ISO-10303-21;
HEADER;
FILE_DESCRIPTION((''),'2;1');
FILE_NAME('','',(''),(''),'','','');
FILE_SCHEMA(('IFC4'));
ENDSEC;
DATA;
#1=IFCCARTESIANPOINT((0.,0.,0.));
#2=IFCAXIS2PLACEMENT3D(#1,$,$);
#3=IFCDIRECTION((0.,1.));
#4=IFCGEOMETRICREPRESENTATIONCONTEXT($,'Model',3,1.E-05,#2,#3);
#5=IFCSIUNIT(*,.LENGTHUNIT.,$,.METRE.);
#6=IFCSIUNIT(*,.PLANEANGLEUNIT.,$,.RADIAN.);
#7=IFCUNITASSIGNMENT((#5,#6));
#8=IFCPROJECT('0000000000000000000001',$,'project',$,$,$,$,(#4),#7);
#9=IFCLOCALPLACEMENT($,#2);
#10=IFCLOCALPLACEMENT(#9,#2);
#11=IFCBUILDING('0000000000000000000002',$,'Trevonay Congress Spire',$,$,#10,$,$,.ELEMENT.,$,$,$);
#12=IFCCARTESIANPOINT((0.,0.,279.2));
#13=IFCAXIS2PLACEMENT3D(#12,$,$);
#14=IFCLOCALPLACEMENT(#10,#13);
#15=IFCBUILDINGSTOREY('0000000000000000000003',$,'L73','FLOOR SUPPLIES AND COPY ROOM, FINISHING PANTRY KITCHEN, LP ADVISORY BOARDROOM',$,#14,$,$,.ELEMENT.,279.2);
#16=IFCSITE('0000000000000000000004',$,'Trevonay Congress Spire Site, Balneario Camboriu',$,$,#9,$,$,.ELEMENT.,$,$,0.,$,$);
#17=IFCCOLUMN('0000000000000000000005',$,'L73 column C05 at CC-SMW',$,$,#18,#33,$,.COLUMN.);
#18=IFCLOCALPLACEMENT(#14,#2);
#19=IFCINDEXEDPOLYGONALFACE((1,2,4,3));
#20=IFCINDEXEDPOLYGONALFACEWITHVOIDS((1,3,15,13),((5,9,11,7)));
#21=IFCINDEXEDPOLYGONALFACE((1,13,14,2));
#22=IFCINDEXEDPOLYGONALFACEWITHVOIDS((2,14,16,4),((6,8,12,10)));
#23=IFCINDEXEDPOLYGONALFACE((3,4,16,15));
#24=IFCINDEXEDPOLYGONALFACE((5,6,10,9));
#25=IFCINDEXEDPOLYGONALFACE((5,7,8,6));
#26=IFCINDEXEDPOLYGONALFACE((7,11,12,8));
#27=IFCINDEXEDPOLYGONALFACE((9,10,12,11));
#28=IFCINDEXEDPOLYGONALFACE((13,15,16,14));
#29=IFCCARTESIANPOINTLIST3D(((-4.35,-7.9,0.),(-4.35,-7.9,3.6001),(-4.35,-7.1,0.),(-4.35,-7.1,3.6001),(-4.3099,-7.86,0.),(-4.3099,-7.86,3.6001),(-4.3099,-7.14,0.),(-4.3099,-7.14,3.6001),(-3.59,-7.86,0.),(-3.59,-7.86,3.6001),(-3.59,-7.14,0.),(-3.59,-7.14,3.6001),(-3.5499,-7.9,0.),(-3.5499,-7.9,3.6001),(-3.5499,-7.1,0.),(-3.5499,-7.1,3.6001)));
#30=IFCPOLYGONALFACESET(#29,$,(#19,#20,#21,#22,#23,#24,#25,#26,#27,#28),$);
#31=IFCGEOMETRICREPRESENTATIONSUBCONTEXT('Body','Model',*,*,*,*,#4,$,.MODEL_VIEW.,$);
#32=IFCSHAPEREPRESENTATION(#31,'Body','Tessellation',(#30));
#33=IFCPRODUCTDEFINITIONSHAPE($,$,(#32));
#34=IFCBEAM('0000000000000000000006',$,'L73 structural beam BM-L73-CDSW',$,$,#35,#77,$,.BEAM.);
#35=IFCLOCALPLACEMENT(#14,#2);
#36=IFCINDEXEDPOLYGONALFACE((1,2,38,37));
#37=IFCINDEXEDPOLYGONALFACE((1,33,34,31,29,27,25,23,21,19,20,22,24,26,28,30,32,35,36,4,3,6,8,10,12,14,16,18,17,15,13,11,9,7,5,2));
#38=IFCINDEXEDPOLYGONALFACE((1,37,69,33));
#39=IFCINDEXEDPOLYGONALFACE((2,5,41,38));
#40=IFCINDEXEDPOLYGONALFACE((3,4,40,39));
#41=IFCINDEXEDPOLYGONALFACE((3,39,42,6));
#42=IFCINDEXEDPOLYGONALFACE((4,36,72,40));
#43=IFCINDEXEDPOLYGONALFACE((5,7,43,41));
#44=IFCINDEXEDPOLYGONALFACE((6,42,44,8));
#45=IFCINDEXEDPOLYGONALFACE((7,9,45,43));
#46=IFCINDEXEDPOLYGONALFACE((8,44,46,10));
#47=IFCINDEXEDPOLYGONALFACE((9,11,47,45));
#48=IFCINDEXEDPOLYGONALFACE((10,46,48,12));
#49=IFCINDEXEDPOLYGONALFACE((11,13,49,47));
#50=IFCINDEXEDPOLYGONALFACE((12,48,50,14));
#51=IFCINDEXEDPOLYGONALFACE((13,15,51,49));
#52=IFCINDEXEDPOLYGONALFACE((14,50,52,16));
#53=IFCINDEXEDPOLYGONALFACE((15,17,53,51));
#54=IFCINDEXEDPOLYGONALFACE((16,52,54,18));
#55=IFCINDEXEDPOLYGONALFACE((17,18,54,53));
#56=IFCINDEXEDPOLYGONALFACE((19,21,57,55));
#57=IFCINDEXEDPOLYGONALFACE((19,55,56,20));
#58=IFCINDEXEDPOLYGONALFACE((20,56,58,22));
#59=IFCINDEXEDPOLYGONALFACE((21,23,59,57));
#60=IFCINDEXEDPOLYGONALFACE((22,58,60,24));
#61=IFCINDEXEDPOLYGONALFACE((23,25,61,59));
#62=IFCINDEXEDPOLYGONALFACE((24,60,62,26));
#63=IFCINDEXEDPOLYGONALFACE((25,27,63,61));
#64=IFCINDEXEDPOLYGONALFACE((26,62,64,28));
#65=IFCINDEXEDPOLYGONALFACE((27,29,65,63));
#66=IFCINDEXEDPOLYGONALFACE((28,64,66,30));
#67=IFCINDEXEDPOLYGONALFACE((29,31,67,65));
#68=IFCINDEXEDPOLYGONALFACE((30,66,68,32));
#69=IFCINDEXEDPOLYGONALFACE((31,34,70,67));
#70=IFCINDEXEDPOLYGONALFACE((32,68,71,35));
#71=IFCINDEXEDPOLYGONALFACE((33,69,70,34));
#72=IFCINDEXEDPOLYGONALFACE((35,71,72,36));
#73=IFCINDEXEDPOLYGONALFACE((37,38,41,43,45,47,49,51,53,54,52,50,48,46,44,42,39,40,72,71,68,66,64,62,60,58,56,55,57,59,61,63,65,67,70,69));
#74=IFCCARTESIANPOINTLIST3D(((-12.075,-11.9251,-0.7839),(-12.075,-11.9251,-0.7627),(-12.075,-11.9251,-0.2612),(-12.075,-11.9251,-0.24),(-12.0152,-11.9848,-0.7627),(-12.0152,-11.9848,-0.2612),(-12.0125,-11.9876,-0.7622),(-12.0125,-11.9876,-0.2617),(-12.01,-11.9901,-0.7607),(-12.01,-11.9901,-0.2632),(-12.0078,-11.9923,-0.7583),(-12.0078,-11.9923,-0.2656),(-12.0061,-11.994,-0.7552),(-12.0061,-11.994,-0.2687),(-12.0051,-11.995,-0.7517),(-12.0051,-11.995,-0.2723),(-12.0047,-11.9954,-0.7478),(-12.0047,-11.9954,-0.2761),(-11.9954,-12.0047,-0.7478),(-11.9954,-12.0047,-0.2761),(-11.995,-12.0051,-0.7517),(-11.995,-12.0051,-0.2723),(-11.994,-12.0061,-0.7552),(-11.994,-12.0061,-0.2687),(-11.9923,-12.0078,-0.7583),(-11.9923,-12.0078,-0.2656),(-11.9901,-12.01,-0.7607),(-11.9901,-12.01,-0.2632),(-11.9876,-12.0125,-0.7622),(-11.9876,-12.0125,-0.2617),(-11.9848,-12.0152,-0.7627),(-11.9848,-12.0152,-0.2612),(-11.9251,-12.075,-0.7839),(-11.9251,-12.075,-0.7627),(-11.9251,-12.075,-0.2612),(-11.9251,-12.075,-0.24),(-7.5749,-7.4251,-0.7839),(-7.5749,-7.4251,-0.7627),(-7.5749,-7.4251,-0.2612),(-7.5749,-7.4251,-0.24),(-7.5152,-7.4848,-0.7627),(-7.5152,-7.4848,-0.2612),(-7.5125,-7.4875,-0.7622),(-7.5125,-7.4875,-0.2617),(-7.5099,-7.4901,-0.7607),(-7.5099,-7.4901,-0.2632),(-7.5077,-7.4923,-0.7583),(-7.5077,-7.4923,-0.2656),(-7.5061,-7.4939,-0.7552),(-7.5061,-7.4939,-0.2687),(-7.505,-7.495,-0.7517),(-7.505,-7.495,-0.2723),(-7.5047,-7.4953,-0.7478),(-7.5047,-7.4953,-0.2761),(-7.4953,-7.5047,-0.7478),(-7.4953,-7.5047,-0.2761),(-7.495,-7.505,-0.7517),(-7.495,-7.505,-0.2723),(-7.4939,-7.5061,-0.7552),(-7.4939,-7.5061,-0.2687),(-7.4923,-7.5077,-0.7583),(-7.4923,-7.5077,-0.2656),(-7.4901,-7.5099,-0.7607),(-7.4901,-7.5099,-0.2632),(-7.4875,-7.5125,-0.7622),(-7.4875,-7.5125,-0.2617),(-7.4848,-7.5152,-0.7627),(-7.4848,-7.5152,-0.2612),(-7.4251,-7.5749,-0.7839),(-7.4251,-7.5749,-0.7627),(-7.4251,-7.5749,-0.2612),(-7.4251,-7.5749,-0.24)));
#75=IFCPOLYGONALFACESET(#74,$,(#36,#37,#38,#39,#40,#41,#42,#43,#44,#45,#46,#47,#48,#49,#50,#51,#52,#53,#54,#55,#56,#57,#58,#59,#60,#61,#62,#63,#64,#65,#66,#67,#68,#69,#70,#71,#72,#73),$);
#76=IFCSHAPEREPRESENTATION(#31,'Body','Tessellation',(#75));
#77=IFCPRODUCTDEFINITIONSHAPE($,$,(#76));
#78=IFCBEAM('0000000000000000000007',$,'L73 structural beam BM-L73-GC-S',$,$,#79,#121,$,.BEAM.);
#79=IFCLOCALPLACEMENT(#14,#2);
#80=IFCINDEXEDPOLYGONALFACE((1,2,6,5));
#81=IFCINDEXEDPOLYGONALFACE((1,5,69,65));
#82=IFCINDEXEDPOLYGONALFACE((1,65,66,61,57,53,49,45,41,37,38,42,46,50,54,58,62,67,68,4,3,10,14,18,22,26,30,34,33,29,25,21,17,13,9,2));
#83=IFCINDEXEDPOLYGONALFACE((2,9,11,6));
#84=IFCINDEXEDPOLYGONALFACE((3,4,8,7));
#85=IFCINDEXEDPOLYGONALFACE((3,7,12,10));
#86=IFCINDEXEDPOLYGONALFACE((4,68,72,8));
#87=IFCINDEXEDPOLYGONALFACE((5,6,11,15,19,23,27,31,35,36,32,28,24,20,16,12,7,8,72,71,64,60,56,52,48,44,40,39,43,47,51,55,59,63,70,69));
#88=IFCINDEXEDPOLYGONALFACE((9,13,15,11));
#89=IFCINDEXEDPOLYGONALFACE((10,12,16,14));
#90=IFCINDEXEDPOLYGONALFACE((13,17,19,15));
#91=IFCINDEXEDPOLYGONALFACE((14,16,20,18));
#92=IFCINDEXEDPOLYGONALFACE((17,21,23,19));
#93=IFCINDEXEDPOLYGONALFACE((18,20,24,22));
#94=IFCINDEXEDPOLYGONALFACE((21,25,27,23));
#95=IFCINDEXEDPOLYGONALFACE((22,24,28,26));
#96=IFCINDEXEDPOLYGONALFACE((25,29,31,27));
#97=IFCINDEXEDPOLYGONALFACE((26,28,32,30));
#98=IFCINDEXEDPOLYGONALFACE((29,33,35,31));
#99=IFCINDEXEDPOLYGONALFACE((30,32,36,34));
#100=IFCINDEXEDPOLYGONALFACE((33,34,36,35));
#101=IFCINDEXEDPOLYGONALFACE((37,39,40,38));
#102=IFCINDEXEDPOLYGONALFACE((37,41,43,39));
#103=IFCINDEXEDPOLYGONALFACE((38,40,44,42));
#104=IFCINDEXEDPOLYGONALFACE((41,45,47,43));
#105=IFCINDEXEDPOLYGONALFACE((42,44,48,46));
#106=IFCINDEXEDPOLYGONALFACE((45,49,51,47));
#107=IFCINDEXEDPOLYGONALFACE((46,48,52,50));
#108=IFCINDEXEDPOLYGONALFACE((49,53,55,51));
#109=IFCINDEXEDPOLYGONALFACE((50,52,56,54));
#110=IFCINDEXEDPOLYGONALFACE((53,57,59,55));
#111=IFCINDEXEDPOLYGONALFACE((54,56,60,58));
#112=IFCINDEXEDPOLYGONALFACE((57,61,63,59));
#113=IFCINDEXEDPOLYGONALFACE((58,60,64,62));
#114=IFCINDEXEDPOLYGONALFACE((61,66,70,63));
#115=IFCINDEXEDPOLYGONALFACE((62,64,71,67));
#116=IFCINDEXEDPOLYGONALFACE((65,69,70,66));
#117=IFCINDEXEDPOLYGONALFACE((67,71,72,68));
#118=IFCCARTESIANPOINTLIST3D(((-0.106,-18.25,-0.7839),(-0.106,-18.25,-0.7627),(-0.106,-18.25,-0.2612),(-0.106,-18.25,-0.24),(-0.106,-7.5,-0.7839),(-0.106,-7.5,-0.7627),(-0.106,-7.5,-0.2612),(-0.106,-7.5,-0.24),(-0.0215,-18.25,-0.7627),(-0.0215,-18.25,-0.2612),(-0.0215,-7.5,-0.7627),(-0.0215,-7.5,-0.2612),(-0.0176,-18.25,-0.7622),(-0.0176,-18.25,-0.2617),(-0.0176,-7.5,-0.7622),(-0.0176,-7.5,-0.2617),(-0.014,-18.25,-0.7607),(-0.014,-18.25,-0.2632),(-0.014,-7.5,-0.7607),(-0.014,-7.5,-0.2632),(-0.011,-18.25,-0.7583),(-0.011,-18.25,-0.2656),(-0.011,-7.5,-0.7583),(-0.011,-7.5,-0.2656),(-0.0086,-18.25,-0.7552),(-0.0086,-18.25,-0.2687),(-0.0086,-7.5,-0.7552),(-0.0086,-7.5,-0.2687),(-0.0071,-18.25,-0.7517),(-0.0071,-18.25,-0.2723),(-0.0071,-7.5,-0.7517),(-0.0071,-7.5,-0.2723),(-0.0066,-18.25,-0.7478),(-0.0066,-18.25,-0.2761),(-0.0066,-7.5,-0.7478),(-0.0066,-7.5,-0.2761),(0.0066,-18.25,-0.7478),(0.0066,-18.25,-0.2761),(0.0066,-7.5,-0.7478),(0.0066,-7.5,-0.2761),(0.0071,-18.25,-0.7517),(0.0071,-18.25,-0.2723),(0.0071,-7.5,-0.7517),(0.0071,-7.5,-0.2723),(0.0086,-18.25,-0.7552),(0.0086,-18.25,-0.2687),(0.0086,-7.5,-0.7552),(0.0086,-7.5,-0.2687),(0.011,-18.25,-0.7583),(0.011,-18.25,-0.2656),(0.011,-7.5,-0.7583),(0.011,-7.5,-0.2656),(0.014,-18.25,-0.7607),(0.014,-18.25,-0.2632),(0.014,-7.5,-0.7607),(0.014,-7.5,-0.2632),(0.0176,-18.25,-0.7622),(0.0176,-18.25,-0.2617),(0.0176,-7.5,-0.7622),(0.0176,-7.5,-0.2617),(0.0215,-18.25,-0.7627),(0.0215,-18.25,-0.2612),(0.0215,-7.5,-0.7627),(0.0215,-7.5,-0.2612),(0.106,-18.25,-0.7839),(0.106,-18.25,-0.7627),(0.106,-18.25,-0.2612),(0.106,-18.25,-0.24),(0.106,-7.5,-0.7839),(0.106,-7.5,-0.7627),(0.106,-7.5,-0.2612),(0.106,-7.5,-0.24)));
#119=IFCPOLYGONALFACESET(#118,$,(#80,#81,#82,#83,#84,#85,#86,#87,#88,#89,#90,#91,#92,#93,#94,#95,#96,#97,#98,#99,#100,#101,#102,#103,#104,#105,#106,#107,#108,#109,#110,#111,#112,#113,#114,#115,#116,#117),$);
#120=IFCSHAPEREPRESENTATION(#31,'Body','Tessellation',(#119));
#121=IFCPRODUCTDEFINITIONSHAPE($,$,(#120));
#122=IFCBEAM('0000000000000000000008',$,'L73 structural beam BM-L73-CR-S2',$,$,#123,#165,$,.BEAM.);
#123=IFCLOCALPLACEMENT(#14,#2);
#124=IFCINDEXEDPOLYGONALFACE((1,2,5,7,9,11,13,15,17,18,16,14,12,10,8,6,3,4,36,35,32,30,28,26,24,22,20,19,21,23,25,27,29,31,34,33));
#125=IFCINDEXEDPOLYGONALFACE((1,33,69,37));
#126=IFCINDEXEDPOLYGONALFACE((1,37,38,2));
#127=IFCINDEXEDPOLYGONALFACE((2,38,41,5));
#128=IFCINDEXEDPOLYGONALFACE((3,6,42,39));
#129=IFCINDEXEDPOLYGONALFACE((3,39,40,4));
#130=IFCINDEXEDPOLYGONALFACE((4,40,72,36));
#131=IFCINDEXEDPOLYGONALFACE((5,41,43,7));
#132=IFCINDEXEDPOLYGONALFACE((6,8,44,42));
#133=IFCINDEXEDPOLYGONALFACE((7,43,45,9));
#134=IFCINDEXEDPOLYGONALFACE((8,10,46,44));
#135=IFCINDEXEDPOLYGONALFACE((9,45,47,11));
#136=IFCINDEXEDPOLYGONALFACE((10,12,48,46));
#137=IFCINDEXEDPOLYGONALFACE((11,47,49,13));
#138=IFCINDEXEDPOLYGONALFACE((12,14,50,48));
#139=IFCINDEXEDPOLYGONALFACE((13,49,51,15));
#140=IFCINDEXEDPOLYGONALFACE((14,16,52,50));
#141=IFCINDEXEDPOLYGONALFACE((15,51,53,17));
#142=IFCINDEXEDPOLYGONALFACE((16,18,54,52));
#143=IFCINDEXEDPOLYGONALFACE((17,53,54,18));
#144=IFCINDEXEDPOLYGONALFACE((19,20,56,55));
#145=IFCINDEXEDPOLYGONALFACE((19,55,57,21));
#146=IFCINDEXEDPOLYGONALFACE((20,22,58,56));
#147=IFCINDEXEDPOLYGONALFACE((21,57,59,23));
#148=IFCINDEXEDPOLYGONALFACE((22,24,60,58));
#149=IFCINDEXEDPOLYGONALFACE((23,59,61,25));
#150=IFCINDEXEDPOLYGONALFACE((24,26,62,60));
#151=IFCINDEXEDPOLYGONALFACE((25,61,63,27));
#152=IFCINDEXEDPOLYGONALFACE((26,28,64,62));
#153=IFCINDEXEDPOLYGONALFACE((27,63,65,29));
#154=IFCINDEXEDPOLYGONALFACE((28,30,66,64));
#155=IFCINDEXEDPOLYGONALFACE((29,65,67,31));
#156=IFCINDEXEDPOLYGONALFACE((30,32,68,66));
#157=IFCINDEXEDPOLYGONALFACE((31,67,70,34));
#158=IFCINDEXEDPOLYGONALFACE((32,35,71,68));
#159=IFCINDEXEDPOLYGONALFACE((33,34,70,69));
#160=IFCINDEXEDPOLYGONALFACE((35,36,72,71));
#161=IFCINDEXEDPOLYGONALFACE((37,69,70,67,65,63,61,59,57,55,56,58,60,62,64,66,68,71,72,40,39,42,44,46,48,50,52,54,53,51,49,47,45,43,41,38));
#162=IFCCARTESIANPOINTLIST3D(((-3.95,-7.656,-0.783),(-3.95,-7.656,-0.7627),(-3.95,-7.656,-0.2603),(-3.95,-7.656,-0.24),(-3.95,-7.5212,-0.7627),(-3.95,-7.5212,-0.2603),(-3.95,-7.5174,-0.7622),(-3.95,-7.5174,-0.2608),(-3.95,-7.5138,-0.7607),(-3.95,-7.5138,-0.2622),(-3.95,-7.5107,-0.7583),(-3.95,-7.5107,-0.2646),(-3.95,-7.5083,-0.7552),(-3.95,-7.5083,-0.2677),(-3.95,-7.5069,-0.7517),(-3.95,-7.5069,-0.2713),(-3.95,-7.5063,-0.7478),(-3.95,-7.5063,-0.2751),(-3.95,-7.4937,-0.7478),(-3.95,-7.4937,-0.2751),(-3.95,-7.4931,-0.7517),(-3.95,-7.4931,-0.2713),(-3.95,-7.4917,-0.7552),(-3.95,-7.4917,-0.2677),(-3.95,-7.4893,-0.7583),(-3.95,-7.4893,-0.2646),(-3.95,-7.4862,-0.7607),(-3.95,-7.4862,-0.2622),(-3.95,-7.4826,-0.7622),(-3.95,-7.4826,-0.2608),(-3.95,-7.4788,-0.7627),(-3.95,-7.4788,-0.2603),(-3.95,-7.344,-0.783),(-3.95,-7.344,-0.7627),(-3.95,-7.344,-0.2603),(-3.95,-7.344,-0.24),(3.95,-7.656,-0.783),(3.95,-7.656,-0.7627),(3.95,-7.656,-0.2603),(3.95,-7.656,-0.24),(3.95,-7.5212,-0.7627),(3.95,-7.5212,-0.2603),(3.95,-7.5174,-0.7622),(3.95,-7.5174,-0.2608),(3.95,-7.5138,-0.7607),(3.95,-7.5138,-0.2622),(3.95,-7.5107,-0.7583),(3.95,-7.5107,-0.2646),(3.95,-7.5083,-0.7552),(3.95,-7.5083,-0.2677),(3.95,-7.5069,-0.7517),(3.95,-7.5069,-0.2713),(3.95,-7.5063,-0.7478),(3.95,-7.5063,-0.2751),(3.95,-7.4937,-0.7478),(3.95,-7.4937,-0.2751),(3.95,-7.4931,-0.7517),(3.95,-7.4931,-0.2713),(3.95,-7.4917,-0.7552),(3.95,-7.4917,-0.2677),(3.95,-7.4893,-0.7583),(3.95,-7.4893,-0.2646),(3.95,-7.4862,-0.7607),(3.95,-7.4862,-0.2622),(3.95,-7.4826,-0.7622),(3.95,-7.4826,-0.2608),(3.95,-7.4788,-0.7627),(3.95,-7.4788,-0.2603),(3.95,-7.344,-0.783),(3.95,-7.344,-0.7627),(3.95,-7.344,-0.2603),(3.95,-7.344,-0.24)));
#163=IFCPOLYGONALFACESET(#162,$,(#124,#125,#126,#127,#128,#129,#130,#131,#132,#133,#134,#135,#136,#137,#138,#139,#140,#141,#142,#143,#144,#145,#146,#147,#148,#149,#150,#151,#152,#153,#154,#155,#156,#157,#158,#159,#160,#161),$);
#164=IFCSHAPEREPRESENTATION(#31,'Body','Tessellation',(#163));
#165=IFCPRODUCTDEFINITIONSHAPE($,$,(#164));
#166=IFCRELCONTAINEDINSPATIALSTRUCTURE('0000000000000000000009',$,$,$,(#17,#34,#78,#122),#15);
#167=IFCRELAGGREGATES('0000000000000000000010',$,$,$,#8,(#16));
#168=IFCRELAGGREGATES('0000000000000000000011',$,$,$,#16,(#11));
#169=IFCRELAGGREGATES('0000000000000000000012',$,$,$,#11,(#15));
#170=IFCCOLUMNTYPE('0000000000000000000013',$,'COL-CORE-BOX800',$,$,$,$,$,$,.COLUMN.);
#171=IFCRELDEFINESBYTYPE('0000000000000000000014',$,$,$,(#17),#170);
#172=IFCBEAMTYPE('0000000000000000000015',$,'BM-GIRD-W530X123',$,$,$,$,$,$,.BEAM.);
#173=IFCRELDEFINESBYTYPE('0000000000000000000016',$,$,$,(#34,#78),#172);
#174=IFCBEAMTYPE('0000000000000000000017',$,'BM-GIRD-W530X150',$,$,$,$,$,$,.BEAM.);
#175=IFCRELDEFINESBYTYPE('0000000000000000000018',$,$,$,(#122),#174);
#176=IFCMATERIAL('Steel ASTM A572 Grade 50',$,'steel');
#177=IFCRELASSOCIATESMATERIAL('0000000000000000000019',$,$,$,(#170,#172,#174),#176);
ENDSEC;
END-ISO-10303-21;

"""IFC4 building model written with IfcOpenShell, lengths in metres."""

from ifc_helpers import new_model, si_unit, direction, frame, origin, origin_2d, place, context, subcontext, project, spatial, hollow_rectangle, i_section, extrude, material, material_profile, profile_set, type_object, element, save


model = new_model("IFC4")

# Units and contexts
model_context = context("Model", 3, precision=1e-05, world=origin(), true_north=direction((0.0, 1.0)))
body_context = subcontext(model_context, "Body", "Model", "MODEL_VIEW")
ifc_project = project(units=[si_unit("LENGTHUNIT", "METRE"), si_unit("PLANEANGLEUNIT", "RADIAN")], contexts=[model_context])

# Site, building, storey
site_placement = place(None, origin())
site = spatial("IfcSite", under=ifc_project, at=site_placement, Name="Trevonay Congress Spire Site, Balneario Camboriu", CompositionType="ELEMENT", RefElevation=0.0)
building_placement = place(site_placement, origin())
building = spatial("IfcBuilding", under=site, at=building_placement, Name="Trevonay Congress Spire", CompositionType="ELEMENT")
storey_placement = place(building_placement, frame((0.0, 0.0, 279.2)))
storey = spatial("IfcBuildingStorey", under=building, at=storey_placement, Name="L73", Description="FLOOR SUPPLIES AND COPY ROOM, FINISHING PANTRY KITCHEN, LP ADVISORY BOARDROOM", CompositionType="ELEMENT", Elevation=279.2)

# Column
ifc_material_1 = material(Name="Steel ASTM A572 Grade 50", Category="steel")
ifc_material_profile_1 = material_profile(ifc_material_1, hollow_rectangle(XDim=0.8, YDim=0.8, WallThickness=0.04, at=origin_2d()), Name="BOX 800x800x40")
ifc_profile_set_1 = profile_set([ifc_material_profile_1], Name="Steel ASTM A572 Grade 50")
column_type = type_object("IfcColumnType", Name="COL-CORE-BOX800", PredefinedType="COLUMN", material=ifc_profile_set_1)
column_placement = place(storey_placement, frame((-3.95, -7.5, 0.0), z_axis=(0.0, 0.0, 1.0), x_axis=(1.0, 0.0, 0.0)))
element("IfcColumn", 1, at=column_placement, inside=storey, type_object=column_type, Name="L73 column C05 at CC-SMW", PredefinedType="COLUMN", context=body_context, shape_type="SweptSolid", body=[
    extrude(hollow_rectangle(XDim=0.8, YDim=0.8, WallThickness=0.04, at=origin_2d()), origin(), (0.0, 0.0, 1.0), 3.6001),
])

# Beams
ifc_material_profile_2 = material_profile(ifc_material_1, i_section(OverallWidth=0.2119, OverallDepth=0.5439, WebThickness=0.0132, FlangeThickness=0.0212, FilletRadius=0.0149, at=origin_2d()), Name="W530x123")
ifc_profile_set_2 = profile_set([ifc_material_profile_2], Name="Steel ASTM A572 Grade 50")
beam_type_1 = type_object("IfcBeamType", Name="BM-GIRD-W530X123", PredefinedType="BEAM", material=ifc_profile_set_2)
beam_1_placement = place(storey_placement, frame((-7.5, -7.5, -0.512), z_axis=(-0.707107, -0.707107, 0.0), x_axis=(0.707107, -0.707107, 0.0)))
element("IfcBeam", 2, at=beam_1_placement, inside=storey, type_object=beam_type_1, Name="L73 structural beam BM-L73-CDSW", PredefinedType="BEAM", context=body_context, shape_type="SweptSolid", body=[
    extrude(i_section(OverallWidth=0.2119, OverallDepth=0.5439, WebThickness=0.0132, FlangeThickness=0.0212, FilletRadius=0.0149, at=origin_2d()), origin(), (0.0, 0.0, 1.0), 6.364),
])
beam_2_placement = place(storey_placement, frame((0.0, -7.5, -0.512), z_axis=(0.0, -1.0, 0.0), x_axis=(1.0, 0.0, 0.0)))
element("IfcBeam", 3, at=beam_2_placement, inside=storey, type_object=beam_type_1, Name="L73 structural beam BM-L73-GC-S", PredefinedType="BEAM", context=body_context, shape_type="SweptSolid", body=[
    extrude(i_section(OverallWidth=0.2119, OverallDepth=0.5439, WebThickness=0.0132, FlangeThickness=0.0212, FilletRadius=0.0149, at=origin_2d()), origin(), (0.0, 0.0, 1.0), 10.75),
])
ifc_material_profile_3 = material_profile(ifc_material_1, i_section(OverallWidth=0.312, OverallDepth=0.543, WebThickness=0.0127, FlangeThickness=0.0203, FilletRadius=0.0149, at=origin_2d()), Name="W530x150")
ifc_profile_set_3 = profile_set([ifc_material_profile_3], Name="Steel ASTM A572 Grade 50")
beam_type_2 = type_object("IfcBeamType", Name="BM-GIRD-W530X150", PredefinedType="BEAM", material=ifc_profile_set_3)
beam_3_placement = place(storey_placement, frame((-3.95, -7.5, -0.5115), z_axis=(1.0, 0.0, 0.0), x_axis=(0.0, 1.0, 0.0)))
element("IfcBeam", 4, at=beam_3_placement, inside=storey, type_object=beam_type_2, Name="L73 structural beam BM-L73-CR-S2", PredefinedType="BEAM", context=body_context, shape_type="SweptSolid", body=[
    extrude(i_section(OverallWidth=0.312, OverallDepth=0.543, WebThickness=0.0127, FlangeThickness=0.0203, FilletRadius=0.0149, at=origin_2d()), origin(), (0.0, 0.0, 1.0), 7.8999),
])

save(model, "model.ifc")
